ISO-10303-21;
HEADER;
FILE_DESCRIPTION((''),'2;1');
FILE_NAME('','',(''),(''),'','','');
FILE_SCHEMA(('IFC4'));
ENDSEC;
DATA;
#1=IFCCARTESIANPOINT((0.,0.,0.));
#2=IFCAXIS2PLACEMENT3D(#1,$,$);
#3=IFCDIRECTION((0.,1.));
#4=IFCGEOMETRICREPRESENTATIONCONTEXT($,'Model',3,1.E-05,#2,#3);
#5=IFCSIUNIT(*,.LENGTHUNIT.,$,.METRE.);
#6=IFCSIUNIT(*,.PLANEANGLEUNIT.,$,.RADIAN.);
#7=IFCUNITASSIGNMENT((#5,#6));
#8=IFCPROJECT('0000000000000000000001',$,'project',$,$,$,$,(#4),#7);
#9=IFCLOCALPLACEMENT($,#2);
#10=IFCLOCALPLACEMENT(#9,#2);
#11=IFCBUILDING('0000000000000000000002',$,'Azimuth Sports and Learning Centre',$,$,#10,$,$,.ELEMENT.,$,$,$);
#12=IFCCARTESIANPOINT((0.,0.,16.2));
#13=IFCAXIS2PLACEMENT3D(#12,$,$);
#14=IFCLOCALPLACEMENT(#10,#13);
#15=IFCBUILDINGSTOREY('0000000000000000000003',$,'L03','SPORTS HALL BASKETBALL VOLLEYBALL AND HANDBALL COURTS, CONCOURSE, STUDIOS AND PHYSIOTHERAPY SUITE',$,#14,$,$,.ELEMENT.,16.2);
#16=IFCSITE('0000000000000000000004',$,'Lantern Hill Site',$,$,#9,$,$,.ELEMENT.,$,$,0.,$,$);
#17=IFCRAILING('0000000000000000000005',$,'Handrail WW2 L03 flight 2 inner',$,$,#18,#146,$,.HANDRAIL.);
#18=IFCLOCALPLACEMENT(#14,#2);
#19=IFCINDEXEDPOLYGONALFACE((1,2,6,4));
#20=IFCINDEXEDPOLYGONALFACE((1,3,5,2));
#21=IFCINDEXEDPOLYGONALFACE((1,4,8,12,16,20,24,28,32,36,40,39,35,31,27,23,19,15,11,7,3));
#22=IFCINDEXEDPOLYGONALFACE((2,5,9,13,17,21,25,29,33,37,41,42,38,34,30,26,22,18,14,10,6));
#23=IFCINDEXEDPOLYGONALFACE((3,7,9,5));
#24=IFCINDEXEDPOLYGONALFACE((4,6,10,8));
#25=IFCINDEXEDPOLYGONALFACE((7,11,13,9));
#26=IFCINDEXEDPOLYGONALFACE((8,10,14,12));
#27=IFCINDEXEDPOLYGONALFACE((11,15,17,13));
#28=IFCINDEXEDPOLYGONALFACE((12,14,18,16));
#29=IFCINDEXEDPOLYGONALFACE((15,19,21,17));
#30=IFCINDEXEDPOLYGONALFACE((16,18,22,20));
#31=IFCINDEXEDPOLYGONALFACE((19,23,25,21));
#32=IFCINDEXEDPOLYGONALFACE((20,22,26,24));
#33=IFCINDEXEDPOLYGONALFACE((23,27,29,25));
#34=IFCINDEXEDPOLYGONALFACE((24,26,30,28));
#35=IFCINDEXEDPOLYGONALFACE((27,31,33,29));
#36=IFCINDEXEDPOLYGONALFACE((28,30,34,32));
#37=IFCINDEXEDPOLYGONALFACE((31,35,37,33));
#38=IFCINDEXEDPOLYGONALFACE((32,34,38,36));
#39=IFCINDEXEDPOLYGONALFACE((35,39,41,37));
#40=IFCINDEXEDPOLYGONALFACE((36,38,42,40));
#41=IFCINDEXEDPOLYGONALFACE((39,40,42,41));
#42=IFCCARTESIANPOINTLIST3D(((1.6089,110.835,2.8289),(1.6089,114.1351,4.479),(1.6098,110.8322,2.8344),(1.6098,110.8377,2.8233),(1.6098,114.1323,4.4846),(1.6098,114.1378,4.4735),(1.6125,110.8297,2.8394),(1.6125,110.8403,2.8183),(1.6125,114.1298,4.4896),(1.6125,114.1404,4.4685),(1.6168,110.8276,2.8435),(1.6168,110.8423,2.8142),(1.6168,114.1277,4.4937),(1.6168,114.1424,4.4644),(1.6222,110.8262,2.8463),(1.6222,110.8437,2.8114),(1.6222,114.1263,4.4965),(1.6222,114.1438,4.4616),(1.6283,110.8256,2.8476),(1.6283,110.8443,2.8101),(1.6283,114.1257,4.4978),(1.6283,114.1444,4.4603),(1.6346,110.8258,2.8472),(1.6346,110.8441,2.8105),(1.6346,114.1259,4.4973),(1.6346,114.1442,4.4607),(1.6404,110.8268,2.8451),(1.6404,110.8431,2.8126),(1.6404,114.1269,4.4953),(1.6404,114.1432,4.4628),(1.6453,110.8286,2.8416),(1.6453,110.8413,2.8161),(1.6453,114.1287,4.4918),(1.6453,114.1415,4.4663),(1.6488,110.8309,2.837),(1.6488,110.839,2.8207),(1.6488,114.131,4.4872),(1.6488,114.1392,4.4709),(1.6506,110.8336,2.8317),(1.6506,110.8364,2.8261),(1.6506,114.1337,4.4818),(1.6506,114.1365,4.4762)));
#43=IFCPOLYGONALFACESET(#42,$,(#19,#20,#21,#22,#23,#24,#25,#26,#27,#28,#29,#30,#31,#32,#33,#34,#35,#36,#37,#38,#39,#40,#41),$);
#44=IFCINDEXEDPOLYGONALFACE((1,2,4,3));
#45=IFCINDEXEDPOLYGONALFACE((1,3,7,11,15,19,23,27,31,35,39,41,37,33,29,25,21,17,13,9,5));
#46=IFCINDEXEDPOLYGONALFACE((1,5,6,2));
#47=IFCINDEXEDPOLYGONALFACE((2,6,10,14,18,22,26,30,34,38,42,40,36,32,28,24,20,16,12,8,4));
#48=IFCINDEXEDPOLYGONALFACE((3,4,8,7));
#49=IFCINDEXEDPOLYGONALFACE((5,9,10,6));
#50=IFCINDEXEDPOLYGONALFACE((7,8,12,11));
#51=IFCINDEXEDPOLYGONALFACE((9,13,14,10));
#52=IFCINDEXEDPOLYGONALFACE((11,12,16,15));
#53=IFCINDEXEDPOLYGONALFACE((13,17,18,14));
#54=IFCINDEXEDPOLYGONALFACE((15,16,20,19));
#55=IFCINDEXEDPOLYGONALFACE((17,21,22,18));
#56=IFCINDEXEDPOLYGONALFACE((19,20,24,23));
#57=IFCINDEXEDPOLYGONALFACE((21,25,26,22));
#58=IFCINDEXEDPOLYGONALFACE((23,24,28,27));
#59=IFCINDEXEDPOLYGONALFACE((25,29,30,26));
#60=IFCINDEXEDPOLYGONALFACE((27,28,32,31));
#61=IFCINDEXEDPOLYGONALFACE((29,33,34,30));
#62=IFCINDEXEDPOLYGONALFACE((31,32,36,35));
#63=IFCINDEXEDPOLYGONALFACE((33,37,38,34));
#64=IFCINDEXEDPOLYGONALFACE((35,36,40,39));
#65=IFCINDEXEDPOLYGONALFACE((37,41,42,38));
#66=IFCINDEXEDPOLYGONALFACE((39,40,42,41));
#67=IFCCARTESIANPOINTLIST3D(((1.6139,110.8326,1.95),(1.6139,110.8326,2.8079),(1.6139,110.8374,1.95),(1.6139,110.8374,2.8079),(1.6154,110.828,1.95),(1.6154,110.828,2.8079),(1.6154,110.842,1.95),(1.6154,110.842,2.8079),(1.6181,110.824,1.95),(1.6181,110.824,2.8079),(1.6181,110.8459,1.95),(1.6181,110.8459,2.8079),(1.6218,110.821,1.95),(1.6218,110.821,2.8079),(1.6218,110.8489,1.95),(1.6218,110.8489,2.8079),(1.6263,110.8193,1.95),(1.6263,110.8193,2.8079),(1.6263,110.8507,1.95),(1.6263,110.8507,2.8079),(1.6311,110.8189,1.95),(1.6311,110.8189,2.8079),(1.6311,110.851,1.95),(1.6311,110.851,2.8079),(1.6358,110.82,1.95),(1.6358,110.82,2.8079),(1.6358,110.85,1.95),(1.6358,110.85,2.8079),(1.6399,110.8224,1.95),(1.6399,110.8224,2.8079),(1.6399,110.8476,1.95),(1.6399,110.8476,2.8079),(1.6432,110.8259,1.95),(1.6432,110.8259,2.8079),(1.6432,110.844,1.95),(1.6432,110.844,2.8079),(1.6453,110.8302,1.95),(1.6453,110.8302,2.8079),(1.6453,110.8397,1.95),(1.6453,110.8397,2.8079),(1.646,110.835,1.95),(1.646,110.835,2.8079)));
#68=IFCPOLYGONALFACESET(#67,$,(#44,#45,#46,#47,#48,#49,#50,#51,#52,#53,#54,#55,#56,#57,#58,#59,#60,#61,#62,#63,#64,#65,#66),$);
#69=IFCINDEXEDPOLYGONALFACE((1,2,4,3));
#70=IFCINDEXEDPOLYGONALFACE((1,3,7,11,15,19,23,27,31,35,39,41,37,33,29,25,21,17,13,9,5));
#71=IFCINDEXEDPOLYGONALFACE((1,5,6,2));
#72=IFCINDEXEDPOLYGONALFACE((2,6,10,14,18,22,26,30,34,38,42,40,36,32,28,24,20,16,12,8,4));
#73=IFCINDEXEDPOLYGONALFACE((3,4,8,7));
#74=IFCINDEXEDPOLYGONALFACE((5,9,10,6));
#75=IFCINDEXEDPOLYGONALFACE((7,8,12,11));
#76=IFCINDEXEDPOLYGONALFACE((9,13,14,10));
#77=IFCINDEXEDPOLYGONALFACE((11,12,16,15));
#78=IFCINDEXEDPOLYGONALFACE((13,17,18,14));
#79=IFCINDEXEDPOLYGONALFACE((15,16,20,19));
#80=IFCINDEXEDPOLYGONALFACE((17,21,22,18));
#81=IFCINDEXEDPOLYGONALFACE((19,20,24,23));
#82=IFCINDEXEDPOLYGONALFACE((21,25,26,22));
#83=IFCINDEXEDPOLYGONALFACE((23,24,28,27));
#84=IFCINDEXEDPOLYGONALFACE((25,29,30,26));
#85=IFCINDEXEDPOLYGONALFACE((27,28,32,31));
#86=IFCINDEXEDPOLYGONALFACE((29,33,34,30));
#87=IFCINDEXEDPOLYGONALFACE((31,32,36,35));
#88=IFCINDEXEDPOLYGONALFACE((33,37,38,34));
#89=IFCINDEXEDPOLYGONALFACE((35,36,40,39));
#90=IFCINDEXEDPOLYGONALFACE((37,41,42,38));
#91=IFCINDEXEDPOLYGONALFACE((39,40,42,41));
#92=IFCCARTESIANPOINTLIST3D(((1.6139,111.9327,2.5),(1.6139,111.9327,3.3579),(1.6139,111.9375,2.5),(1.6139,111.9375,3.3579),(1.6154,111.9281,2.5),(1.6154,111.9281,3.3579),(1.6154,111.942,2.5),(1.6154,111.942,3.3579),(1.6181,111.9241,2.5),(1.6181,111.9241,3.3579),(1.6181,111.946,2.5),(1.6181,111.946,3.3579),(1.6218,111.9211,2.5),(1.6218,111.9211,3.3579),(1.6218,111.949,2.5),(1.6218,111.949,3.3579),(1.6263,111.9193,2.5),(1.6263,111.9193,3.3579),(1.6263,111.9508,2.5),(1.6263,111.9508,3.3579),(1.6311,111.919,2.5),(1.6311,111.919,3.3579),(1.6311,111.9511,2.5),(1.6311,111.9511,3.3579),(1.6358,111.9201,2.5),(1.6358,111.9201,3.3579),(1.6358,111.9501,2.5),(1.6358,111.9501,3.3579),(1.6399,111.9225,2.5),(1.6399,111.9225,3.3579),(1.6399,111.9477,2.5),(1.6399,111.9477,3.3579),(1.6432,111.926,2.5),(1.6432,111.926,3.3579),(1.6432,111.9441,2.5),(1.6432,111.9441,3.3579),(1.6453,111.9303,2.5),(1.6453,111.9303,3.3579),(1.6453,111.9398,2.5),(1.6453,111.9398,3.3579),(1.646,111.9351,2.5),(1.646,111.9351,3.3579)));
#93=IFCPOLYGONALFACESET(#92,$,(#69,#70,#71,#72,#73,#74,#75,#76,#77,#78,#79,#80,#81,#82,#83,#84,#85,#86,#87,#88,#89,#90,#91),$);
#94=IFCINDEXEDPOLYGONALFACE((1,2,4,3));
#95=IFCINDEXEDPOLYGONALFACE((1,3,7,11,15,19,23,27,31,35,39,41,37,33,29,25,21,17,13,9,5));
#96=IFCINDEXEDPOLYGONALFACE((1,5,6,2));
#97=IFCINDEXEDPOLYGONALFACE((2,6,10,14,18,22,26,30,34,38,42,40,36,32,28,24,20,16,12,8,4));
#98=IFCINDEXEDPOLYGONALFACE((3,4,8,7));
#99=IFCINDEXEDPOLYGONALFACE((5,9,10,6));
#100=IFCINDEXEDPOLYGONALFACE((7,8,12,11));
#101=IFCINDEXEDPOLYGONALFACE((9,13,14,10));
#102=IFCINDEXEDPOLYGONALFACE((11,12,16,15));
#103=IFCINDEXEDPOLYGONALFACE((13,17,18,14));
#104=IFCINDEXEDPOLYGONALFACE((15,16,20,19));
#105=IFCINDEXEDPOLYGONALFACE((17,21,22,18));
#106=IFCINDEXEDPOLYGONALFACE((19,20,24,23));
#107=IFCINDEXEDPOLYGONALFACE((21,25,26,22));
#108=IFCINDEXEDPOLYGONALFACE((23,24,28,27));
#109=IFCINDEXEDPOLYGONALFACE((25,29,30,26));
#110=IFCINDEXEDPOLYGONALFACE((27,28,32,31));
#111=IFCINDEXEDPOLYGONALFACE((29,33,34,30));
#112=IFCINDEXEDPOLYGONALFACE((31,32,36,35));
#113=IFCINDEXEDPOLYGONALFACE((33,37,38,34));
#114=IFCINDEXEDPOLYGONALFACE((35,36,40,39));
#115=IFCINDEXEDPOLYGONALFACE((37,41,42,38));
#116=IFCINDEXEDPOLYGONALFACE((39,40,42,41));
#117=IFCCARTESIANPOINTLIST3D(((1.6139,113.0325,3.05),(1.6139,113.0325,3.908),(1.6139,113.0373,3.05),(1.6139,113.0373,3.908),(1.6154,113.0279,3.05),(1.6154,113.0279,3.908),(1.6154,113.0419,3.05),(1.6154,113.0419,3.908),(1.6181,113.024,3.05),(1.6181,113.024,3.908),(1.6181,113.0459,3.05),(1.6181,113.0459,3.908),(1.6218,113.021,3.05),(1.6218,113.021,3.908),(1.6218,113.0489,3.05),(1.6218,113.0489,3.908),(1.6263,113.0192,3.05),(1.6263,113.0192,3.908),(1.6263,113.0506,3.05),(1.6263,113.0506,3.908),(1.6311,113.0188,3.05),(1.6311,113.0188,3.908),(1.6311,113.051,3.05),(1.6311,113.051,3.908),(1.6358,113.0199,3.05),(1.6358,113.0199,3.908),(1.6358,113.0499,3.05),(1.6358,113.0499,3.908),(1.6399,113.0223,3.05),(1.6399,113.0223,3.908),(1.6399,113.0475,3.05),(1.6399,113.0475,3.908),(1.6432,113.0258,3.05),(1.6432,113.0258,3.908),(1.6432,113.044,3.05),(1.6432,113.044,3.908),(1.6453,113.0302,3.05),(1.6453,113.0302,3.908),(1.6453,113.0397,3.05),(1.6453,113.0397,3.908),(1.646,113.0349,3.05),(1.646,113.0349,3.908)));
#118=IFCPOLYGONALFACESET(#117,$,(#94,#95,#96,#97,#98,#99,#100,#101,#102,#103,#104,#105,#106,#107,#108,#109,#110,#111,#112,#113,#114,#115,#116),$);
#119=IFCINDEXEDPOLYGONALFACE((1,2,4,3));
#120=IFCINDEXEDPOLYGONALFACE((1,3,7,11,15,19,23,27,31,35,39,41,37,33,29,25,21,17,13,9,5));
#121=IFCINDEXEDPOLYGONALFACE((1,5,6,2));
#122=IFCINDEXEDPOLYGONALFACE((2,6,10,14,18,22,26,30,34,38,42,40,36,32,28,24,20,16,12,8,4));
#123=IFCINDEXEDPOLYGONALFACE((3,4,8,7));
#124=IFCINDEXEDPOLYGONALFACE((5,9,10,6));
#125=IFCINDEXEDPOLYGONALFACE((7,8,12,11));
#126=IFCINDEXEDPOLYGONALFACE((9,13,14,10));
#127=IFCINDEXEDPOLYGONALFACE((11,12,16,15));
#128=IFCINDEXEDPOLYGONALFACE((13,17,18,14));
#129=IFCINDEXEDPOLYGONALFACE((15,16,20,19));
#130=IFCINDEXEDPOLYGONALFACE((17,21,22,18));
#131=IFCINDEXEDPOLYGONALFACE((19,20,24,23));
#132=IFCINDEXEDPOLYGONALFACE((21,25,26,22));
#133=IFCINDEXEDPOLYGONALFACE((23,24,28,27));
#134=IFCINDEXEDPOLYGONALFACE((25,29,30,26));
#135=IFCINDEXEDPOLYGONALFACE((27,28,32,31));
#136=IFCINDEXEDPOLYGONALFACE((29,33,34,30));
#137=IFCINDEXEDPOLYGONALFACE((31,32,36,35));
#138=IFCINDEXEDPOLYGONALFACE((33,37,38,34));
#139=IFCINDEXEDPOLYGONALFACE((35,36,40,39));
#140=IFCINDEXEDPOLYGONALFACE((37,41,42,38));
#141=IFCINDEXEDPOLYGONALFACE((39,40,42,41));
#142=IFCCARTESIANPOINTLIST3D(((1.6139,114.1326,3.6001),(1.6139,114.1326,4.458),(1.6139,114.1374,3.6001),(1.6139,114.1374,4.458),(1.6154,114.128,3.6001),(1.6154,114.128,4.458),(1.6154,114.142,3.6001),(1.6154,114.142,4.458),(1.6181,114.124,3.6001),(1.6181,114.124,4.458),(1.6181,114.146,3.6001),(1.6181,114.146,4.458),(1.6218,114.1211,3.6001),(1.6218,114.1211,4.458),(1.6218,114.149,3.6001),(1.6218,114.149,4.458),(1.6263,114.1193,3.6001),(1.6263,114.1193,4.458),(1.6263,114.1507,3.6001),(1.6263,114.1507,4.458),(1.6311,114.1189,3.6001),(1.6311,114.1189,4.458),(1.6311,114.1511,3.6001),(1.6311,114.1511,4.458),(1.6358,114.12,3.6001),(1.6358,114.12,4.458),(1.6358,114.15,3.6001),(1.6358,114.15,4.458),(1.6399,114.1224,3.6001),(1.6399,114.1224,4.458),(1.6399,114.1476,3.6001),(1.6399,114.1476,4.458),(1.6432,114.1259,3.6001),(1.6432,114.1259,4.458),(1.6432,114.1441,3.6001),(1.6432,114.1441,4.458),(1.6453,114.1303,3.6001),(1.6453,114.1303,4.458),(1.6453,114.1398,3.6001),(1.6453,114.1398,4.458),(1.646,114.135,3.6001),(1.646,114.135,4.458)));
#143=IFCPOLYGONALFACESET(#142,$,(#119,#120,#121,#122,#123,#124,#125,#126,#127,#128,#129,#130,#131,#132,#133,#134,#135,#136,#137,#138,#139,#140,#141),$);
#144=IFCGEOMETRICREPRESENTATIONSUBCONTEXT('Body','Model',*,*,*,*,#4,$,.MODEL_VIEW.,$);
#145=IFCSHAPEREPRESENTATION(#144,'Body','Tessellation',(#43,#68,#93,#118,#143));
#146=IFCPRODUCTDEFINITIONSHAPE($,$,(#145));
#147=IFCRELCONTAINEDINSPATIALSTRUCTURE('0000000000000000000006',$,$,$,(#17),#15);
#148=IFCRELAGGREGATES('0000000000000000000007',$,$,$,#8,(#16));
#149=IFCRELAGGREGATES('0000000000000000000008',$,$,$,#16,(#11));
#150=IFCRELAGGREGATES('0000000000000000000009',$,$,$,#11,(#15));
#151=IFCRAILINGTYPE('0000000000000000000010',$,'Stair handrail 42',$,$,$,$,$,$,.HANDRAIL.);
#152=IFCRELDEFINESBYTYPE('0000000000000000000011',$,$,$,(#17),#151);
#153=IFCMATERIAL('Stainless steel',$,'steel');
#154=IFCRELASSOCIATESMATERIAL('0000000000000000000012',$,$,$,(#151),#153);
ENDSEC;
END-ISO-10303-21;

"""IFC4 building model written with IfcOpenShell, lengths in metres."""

from ifc_helpers import new_model, si_unit, direction, frame, origin, origin_2d, place, context, subcontext, project, spatial, circle, extrude, material, type_object, element, save


model = new_model("IFC4")

# Units and contexts
model_context = context("Model", 3, precision=1e-05, world=origin(), true_north=direction((0.0, 1.0)))
body_context = subcontext(model_context, "Body", "Model", "MODEL_VIEW")
ifc_project = project(units=[si_unit("LENGTHUNIT", "METRE"), si_unit("PLANEANGLEUNIT", "RADIAN")], contexts=[model_context])

# Site, building, storey
site_placement = place(None, origin())
site = spatial("IfcSite", under=ifc_project, at=site_placement, Name="Lantern Hill Site", CompositionType="ELEMENT", RefElevation=0.0)
building_placement = place(site_placement, origin())
building = spatial("IfcBuilding", under=site, at=building_placement, Name="Azimuth Sports and Learning Centre", CompositionType="ELEMENT")
storey_placement = place(building_placement, frame((0.0, 0.0, 16.2)))
storey = spatial("IfcBuildingStorey", under=building, at=storey_placement, Name="L03", Description="SPORTS HALL BASKETBALL VOLLEYBALL AND HANDBALL COURTS, CONCOURSE, STUDIOS AND PHYSIOTHERAPY SUITE", CompositionType="ELEMENT", Elevation=16.2)

# Railing
ifc_material_1 = material(Name="Stainless steel", Category="steel")
railing_type_1 = type_object("IfcRailingType", Name="Stair handrail 42", PredefinedType="HANDRAIL", material=ifc_material_1)
for number, where, name in (
    (1, (1.6299, 110.835, 1.95), "Handrail WW2 L03 flight 2 inner"),
):
    element("IfcRailing", number, at=place(storey_placement, frame(where)), inside=storey, type_object=railing_type_1, Name=name, PredefinedType="HANDRAIL", context=body_context, shape_type="SweptSolid", body=[
        extrude(circle(Radius=0.021, at=origin_2d()), frame((0.0, 0.0, 0.8789), z_axis=(0.0, 0.894414, 0.44724), x_axis=(-1.0, 0.0, 0.0)), (0.0, 0.0, 1.0), 3.6897),
        extrude(circle(Radius=0.0161, at=origin_2d()), origin(), (0.0, 0.0, 1.0), 0.8579),
        extrude(circle(Radius=0.0161, at=origin_2d()), frame((0.0, 1.1001, 0.55)), (0.0, 0.0, 1.0), 0.8579),
        extrude(circle(Radius=0.0161, at=origin_2d()), frame((0.0, 2.2, 1.1001)), (0.0, 0.0, 1.0), 0.8579),
        extrude(circle(Radius=0.0161, at=origin_2d()), frame((0.0, 3.3, 1.6501)), (0.0, 0.0, 1.0), 0.8579),
    ])

save(model, "model.ifc")
